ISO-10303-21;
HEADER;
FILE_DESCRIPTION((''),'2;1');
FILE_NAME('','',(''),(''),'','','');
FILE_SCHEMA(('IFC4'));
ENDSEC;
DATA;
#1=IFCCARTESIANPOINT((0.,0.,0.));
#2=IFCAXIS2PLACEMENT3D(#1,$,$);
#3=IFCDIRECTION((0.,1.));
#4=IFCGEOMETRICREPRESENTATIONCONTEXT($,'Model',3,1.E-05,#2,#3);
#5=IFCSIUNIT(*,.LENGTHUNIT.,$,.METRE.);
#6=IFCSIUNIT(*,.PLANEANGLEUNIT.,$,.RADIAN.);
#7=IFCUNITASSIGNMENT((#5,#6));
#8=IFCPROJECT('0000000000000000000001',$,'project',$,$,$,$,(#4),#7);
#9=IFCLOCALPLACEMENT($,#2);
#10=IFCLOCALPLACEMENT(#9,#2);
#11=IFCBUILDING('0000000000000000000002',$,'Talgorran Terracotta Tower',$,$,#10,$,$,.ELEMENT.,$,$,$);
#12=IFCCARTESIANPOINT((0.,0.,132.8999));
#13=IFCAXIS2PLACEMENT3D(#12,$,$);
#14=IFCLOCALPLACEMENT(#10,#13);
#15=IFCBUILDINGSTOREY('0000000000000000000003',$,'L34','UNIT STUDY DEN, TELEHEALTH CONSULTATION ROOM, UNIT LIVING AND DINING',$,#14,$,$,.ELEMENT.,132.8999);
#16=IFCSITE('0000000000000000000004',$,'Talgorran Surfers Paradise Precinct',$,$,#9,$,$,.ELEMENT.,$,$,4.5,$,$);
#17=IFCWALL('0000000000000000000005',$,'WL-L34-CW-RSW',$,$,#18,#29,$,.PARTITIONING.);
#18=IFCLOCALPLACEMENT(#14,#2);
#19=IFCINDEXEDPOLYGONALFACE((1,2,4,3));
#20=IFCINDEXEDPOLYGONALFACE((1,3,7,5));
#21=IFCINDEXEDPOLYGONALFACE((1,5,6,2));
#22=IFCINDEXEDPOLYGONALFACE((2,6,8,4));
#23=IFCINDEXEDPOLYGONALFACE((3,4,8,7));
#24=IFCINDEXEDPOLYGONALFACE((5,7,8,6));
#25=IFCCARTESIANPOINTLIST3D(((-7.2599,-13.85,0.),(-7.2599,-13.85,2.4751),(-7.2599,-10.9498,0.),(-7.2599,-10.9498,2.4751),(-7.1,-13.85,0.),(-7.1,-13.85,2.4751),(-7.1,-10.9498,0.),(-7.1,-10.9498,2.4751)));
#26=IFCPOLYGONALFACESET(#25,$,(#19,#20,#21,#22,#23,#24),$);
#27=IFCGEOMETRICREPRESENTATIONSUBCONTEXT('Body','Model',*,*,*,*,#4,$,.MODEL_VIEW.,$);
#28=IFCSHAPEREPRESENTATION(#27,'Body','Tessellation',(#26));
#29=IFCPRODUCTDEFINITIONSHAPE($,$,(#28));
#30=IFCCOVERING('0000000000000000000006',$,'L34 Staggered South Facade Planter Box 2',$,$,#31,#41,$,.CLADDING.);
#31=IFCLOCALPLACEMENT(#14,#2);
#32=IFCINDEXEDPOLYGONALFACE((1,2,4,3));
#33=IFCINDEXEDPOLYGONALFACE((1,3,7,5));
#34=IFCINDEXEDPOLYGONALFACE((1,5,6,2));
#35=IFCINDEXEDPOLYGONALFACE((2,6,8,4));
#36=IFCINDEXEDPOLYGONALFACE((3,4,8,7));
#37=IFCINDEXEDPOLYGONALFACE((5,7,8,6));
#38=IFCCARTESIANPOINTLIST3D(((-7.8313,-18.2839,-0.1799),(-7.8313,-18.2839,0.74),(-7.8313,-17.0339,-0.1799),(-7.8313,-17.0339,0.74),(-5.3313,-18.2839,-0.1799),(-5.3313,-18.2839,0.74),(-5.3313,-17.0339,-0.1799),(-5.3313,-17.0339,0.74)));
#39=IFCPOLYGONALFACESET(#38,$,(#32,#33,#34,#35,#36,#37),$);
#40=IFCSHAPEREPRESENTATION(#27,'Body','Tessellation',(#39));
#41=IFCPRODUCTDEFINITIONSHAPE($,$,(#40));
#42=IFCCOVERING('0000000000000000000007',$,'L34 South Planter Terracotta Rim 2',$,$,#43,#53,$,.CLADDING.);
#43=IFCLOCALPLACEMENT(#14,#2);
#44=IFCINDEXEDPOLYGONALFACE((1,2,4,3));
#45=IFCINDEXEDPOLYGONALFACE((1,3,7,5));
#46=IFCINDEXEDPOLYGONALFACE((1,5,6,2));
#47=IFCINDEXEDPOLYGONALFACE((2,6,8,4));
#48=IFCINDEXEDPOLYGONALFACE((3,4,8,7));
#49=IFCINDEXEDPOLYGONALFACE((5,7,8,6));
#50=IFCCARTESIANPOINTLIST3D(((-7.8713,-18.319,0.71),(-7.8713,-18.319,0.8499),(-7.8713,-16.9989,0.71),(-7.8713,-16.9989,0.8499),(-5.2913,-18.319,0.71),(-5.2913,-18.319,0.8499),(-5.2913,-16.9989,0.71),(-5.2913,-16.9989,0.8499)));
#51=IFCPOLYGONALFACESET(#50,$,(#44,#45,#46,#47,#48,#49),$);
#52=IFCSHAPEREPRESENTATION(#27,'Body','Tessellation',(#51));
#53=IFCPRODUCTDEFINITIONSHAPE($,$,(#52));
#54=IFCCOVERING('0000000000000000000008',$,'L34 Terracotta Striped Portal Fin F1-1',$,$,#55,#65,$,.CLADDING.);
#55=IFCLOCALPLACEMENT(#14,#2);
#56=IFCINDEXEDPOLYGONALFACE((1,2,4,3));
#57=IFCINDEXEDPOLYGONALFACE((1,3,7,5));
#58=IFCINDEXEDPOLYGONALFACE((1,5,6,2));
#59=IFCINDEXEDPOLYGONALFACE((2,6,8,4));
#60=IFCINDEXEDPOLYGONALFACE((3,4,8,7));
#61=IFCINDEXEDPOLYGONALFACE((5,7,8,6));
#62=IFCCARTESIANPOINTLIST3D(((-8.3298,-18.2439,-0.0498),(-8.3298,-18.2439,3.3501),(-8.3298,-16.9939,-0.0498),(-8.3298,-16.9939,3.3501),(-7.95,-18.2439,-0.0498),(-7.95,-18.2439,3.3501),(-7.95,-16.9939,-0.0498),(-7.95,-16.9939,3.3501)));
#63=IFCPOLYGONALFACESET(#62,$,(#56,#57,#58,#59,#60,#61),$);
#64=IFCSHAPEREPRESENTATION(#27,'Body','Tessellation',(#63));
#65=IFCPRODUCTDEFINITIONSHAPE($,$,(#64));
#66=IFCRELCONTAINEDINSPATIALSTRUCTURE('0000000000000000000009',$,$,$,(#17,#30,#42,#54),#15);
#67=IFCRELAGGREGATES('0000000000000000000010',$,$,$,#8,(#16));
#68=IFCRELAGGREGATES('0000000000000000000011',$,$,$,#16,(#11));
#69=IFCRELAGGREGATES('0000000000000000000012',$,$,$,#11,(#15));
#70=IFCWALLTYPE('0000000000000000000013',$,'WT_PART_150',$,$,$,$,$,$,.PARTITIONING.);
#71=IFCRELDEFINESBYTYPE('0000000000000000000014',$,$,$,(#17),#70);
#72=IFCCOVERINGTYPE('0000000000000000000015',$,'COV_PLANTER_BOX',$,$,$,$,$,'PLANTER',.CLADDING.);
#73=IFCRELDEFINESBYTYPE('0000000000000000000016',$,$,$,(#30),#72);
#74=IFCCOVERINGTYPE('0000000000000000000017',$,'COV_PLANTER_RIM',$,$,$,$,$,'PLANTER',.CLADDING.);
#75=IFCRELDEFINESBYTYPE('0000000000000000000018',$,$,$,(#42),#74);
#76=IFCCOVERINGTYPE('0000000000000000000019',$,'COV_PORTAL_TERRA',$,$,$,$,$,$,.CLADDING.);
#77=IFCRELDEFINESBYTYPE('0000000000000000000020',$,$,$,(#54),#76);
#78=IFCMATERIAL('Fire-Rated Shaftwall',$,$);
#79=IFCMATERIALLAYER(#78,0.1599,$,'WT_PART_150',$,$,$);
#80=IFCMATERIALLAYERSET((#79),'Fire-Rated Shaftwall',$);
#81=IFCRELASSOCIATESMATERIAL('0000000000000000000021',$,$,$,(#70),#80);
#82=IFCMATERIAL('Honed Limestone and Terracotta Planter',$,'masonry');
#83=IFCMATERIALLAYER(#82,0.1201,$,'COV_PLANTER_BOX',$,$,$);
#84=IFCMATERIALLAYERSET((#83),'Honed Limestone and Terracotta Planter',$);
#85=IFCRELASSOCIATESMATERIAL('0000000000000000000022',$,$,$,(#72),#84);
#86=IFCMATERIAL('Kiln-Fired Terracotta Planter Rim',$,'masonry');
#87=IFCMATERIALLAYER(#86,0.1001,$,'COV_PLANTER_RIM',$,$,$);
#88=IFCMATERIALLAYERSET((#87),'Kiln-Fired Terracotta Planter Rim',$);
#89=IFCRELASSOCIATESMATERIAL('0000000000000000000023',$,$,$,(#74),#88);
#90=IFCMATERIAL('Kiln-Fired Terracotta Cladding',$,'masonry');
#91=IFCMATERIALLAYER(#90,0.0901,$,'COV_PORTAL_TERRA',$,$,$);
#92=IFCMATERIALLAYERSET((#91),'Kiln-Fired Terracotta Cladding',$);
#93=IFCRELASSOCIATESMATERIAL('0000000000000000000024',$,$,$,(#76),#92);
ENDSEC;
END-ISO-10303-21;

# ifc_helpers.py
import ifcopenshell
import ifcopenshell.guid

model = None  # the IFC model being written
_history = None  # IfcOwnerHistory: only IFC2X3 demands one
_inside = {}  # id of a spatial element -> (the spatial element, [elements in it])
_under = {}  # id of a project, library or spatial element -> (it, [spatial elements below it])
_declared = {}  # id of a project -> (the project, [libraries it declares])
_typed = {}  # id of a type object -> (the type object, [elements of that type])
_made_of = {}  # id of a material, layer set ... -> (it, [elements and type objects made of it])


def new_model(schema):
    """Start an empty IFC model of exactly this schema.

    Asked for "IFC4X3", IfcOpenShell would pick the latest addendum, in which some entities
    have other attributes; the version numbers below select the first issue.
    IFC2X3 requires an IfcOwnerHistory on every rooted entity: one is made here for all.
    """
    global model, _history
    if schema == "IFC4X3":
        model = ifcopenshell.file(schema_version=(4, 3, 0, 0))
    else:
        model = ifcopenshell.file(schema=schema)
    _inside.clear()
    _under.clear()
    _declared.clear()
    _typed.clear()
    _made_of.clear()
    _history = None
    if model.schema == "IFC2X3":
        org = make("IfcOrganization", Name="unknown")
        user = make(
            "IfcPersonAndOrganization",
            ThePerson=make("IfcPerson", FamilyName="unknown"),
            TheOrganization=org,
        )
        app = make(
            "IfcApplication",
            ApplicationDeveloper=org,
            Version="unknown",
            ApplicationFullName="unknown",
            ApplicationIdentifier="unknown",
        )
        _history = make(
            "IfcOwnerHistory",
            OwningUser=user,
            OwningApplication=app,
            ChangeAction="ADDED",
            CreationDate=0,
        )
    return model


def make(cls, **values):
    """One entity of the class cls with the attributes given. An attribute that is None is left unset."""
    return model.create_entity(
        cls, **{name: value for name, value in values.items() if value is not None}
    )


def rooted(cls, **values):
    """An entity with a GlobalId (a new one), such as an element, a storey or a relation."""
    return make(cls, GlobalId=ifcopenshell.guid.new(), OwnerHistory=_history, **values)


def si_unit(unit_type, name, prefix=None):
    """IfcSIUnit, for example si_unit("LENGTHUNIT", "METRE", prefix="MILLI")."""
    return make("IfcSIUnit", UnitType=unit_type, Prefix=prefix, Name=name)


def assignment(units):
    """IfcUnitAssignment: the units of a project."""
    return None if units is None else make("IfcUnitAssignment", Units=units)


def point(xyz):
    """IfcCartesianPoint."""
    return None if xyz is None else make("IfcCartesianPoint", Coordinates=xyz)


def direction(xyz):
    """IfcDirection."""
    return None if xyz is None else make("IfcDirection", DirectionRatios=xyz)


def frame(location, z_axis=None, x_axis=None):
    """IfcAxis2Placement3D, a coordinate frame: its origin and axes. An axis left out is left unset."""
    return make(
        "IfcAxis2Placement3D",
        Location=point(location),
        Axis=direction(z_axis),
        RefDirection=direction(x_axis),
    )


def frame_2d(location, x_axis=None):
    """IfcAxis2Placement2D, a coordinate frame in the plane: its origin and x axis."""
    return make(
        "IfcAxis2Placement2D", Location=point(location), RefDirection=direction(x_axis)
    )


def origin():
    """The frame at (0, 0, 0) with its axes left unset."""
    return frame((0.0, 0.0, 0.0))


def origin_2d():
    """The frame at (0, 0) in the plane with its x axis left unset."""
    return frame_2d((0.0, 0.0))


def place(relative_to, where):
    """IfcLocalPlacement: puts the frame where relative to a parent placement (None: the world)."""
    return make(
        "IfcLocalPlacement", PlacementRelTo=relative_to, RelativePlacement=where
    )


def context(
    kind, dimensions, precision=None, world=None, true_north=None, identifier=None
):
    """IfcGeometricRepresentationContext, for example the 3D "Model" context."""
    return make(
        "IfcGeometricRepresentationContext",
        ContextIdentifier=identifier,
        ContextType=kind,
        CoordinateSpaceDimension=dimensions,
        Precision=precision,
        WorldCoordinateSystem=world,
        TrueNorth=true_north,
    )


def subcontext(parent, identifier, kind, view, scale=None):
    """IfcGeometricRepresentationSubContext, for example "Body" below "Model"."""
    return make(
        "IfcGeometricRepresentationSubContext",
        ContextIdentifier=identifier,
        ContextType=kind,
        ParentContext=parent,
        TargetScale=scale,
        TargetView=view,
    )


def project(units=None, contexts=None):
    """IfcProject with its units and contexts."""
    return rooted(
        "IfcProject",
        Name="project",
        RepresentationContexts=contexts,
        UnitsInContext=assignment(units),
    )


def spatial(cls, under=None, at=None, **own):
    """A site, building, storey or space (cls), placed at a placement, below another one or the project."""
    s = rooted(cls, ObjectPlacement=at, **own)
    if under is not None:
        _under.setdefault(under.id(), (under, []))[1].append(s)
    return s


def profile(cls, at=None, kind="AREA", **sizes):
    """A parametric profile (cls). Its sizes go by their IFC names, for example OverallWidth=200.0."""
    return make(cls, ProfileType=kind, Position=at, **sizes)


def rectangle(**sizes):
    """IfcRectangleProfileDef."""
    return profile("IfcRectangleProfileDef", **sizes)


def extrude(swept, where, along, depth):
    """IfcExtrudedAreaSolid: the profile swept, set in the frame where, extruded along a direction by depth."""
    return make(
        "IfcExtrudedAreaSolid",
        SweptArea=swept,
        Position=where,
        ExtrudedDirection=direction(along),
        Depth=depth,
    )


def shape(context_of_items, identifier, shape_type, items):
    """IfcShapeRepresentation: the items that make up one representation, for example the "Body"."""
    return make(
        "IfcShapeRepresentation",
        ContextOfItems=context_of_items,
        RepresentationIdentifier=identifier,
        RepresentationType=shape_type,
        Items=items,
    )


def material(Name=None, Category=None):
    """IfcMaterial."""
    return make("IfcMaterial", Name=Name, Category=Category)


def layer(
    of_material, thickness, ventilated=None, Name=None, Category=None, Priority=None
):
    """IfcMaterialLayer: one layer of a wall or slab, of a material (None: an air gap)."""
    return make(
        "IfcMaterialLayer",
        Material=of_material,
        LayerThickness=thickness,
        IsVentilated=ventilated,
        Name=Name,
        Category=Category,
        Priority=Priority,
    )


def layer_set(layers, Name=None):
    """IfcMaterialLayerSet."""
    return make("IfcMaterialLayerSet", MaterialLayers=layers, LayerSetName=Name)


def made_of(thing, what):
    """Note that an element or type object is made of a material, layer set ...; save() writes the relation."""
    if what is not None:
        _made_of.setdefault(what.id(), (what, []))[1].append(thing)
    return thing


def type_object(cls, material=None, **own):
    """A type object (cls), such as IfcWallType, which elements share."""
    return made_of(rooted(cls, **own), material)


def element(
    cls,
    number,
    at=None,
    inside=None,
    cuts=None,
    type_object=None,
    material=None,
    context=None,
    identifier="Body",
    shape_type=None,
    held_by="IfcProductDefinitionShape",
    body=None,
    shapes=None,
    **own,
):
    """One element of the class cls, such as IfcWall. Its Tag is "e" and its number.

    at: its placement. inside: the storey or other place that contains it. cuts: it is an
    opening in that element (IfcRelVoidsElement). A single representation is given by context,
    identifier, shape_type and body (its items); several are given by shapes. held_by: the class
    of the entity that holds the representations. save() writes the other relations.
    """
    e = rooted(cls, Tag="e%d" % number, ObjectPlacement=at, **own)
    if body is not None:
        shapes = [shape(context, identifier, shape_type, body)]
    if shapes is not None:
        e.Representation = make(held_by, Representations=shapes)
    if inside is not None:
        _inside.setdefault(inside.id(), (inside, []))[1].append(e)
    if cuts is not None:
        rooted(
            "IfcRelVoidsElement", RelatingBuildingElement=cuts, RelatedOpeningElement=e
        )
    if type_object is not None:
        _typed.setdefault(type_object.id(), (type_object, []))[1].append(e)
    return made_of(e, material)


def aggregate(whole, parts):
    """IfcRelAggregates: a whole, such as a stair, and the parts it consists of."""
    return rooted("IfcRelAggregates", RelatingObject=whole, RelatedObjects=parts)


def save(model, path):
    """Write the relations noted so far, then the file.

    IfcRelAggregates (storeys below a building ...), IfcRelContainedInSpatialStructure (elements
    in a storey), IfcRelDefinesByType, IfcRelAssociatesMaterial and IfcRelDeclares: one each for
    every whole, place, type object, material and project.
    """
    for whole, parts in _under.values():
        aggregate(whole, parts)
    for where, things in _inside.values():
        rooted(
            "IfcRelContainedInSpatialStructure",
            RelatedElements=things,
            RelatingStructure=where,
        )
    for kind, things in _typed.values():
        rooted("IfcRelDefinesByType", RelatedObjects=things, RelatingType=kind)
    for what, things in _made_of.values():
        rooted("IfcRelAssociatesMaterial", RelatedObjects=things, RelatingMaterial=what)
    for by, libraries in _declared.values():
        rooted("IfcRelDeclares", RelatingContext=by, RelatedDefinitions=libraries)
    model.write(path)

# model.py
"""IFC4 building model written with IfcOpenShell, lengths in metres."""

from ifc_helpers import new_model, si_unit, direction, frame, frame_2d, origin, origin_2d, place, context, subcontext, project, spatial, rectangle, extrude, material, layer, layer_set, type_object, element, save


model = new_model("IFC4")

# Units and contexts
model_context = context("Model", 3, precision=1e-05, world=origin(), true_north=direction((0.0, 1.0)))
body_context = subcontext(model_context, "Body", "Model", "MODEL_VIEW")
ifc_project = project(units=[si_unit("LENGTHUNIT", "METRE"), si_unit("PLANEANGLEUNIT", "RADIAN")], contexts=[model_context])

# Site, building, storey
site_placement = place(None, origin())
site = spatial("IfcSite", under=ifc_project, at=site_placement, Name="Talgorran Surfers Paradise Precinct", CompositionType="ELEMENT", RefElevation=4.5)
building_placement = place(site_placement, origin())
building = spatial("IfcBuilding", under=site, at=building_placement, Name="Talgorran Terracotta Tower", CompositionType="ELEMENT")
storey_placement = place(building_placement, frame((0.0, 0.0, 132.8999)))
storey = spatial("IfcBuildingStorey", under=building, at=storey_placement, Name="L34", Description="UNIT STUDY DEN, TELEHEALTH CONSULTATION ROOM, UNIT LIVING AND DINING", CompositionType="ELEMENT", Elevation=132.8999)

# Wall
ifc_material_1 = material(Name="Fire-Rated Shaftwall")
ifc_layer_1 = layer(ifc_material_1, 0.1599, Name="WT_PART_150")
ifc_layer_set_1 = layer_set([ifc_layer_1], Name="Fire-Rated Shaftwall")
wall_type_1 = type_object("IfcWallType", Name="WT_PART_150", PredefinedType="PARTITIONING", material=ifc_layer_set_1)
wall_1_placement = place(storey_placement, frame((-7.1799, -13.8501, 0.0), z_axis=(0.0, 0.0, 1.0), x_axis=(0.0, 1.0, 0.0)))
element("IfcWall", 1, at=wall_1_placement, inside=storey, type_object=wall_type_1, Name="WL-L34-CW-RSW", PredefinedType="PARTITIONING", context=body_context, shape_type="SweptSolid", body=[
    extrude(rectangle(XDim=2.9001, YDim=0.1599, at=frame_2d((1.4502, 0.0))), origin(), (0.0, 0.0, 1.0), 2.4751),
])

# Coverings
ifc_material_2 = material(Name="Honed Limestone and Terracotta Planter", Category="masonry")
ifc_layer_2 = layer(ifc_material_2, 0.1201, Name="COV_PLANTER_BOX")
ifc_layer_set_2 = layer_set([ifc_layer_2], Name="Honed Limestone and Terracotta Planter")
covering_type_1 = type_object("IfcCoveringType", Name="COV_PLANTER_BOX", ElementType="PLANTER", PredefinedType="CLADDING", material=ifc_layer_set_2)
covering_1_placement = place(storey_placement, frame((-6.5813, -17.6589, -0.1799), z_axis=(0.0, 0.0, 1.0), x_axis=(1.0, 0.0, 0.0)))
element("IfcCovering", 2, at=covering_1_placement, inside=storey, type_object=covering_type_1, Name="L34 Staggered South Facade Planter Box 2", PredefinedType="CLADDING", context=body_context, shape_type="SweptSolid", body=[
    extrude(rectangle(XDim=2.5, YDim=1.25, at=origin_2d()), origin(), (0.0, 0.0, 1.0), 0.9199),
])
ifc_material_3 = material(Name="Kiln-Fired Terracotta Planter Rim", Category="masonry")
ifc_layer_3 = layer(ifc_material_3, 0.1001, Name="COV_PLANTER_RIM")
ifc_layer_set_3 = layer_set([ifc_layer_3], Name="Kiln-Fired Terracotta Planter Rim")
covering_type_2 = type_object("IfcCoveringType", Name="COV_PLANTER_RIM", ElementType="PLANTER", PredefinedType="CLADDING", material=ifc_layer_set_3)
covering_2_placement = place(storey_placement, frame((-6.5813, -17.6589, 0.71), z_axis=(0.0, 0.0, 1.0), x_axis=(1.0, 0.0, 0.0)))
element("IfcCovering", 3, at=covering_2_placement, inside=storey, type_object=covering_type_2, Name="L34 South Planter Terracotta Rim 2", PredefinedType="CLADDING", context=body_context, shape_type="SweptSolid", body=[
    extrude(rectangle(XDim=2.5801, YDim=1.3201, at=origin_2d()), origin(), (0.0, 0.0, 1.0), 0.1399),
])
ifc_material_4 = material(Name="Kiln-Fired Terracotta Cladding", Category="masonry")
ifc_layer_4 = layer(ifc_material_4, 0.0901, Name="COV_PORTAL_TERRA")
ifc_layer_set_4 = layer_set([ifc_layer_4], Name="Kiln-Fired Terracotta Cladding")
covering_type_3 = type_object("IfcCoveringType", Name="COV_PORTAL_TERRA", PredefinedType="CLADDING", material=ifc_layer_set_4)
covering_3_placement = place(storey_placement, frame((-8.1399, -17.6189, -0.0498), z_axis=(0.0, 0.0, 1.0), x_axis=(1.0, 0.0, 0.0)))
element("IfcCovering", 4, at=covering_3_placement, inside=storey, type_object=covering_type_3, Name="L34 Terracotta Striped Portal Fin F1-1", PredefinedType="CLADDING", context=body_context, shape_type="SweptSolid", body=[
    extrude(rectangle(XDim=0.3799, YDim=1.25, at=origin_2d()), origin(), (0.0, 0.0, 1.0), 3.3999),
])

save(model, "model.ifc")
